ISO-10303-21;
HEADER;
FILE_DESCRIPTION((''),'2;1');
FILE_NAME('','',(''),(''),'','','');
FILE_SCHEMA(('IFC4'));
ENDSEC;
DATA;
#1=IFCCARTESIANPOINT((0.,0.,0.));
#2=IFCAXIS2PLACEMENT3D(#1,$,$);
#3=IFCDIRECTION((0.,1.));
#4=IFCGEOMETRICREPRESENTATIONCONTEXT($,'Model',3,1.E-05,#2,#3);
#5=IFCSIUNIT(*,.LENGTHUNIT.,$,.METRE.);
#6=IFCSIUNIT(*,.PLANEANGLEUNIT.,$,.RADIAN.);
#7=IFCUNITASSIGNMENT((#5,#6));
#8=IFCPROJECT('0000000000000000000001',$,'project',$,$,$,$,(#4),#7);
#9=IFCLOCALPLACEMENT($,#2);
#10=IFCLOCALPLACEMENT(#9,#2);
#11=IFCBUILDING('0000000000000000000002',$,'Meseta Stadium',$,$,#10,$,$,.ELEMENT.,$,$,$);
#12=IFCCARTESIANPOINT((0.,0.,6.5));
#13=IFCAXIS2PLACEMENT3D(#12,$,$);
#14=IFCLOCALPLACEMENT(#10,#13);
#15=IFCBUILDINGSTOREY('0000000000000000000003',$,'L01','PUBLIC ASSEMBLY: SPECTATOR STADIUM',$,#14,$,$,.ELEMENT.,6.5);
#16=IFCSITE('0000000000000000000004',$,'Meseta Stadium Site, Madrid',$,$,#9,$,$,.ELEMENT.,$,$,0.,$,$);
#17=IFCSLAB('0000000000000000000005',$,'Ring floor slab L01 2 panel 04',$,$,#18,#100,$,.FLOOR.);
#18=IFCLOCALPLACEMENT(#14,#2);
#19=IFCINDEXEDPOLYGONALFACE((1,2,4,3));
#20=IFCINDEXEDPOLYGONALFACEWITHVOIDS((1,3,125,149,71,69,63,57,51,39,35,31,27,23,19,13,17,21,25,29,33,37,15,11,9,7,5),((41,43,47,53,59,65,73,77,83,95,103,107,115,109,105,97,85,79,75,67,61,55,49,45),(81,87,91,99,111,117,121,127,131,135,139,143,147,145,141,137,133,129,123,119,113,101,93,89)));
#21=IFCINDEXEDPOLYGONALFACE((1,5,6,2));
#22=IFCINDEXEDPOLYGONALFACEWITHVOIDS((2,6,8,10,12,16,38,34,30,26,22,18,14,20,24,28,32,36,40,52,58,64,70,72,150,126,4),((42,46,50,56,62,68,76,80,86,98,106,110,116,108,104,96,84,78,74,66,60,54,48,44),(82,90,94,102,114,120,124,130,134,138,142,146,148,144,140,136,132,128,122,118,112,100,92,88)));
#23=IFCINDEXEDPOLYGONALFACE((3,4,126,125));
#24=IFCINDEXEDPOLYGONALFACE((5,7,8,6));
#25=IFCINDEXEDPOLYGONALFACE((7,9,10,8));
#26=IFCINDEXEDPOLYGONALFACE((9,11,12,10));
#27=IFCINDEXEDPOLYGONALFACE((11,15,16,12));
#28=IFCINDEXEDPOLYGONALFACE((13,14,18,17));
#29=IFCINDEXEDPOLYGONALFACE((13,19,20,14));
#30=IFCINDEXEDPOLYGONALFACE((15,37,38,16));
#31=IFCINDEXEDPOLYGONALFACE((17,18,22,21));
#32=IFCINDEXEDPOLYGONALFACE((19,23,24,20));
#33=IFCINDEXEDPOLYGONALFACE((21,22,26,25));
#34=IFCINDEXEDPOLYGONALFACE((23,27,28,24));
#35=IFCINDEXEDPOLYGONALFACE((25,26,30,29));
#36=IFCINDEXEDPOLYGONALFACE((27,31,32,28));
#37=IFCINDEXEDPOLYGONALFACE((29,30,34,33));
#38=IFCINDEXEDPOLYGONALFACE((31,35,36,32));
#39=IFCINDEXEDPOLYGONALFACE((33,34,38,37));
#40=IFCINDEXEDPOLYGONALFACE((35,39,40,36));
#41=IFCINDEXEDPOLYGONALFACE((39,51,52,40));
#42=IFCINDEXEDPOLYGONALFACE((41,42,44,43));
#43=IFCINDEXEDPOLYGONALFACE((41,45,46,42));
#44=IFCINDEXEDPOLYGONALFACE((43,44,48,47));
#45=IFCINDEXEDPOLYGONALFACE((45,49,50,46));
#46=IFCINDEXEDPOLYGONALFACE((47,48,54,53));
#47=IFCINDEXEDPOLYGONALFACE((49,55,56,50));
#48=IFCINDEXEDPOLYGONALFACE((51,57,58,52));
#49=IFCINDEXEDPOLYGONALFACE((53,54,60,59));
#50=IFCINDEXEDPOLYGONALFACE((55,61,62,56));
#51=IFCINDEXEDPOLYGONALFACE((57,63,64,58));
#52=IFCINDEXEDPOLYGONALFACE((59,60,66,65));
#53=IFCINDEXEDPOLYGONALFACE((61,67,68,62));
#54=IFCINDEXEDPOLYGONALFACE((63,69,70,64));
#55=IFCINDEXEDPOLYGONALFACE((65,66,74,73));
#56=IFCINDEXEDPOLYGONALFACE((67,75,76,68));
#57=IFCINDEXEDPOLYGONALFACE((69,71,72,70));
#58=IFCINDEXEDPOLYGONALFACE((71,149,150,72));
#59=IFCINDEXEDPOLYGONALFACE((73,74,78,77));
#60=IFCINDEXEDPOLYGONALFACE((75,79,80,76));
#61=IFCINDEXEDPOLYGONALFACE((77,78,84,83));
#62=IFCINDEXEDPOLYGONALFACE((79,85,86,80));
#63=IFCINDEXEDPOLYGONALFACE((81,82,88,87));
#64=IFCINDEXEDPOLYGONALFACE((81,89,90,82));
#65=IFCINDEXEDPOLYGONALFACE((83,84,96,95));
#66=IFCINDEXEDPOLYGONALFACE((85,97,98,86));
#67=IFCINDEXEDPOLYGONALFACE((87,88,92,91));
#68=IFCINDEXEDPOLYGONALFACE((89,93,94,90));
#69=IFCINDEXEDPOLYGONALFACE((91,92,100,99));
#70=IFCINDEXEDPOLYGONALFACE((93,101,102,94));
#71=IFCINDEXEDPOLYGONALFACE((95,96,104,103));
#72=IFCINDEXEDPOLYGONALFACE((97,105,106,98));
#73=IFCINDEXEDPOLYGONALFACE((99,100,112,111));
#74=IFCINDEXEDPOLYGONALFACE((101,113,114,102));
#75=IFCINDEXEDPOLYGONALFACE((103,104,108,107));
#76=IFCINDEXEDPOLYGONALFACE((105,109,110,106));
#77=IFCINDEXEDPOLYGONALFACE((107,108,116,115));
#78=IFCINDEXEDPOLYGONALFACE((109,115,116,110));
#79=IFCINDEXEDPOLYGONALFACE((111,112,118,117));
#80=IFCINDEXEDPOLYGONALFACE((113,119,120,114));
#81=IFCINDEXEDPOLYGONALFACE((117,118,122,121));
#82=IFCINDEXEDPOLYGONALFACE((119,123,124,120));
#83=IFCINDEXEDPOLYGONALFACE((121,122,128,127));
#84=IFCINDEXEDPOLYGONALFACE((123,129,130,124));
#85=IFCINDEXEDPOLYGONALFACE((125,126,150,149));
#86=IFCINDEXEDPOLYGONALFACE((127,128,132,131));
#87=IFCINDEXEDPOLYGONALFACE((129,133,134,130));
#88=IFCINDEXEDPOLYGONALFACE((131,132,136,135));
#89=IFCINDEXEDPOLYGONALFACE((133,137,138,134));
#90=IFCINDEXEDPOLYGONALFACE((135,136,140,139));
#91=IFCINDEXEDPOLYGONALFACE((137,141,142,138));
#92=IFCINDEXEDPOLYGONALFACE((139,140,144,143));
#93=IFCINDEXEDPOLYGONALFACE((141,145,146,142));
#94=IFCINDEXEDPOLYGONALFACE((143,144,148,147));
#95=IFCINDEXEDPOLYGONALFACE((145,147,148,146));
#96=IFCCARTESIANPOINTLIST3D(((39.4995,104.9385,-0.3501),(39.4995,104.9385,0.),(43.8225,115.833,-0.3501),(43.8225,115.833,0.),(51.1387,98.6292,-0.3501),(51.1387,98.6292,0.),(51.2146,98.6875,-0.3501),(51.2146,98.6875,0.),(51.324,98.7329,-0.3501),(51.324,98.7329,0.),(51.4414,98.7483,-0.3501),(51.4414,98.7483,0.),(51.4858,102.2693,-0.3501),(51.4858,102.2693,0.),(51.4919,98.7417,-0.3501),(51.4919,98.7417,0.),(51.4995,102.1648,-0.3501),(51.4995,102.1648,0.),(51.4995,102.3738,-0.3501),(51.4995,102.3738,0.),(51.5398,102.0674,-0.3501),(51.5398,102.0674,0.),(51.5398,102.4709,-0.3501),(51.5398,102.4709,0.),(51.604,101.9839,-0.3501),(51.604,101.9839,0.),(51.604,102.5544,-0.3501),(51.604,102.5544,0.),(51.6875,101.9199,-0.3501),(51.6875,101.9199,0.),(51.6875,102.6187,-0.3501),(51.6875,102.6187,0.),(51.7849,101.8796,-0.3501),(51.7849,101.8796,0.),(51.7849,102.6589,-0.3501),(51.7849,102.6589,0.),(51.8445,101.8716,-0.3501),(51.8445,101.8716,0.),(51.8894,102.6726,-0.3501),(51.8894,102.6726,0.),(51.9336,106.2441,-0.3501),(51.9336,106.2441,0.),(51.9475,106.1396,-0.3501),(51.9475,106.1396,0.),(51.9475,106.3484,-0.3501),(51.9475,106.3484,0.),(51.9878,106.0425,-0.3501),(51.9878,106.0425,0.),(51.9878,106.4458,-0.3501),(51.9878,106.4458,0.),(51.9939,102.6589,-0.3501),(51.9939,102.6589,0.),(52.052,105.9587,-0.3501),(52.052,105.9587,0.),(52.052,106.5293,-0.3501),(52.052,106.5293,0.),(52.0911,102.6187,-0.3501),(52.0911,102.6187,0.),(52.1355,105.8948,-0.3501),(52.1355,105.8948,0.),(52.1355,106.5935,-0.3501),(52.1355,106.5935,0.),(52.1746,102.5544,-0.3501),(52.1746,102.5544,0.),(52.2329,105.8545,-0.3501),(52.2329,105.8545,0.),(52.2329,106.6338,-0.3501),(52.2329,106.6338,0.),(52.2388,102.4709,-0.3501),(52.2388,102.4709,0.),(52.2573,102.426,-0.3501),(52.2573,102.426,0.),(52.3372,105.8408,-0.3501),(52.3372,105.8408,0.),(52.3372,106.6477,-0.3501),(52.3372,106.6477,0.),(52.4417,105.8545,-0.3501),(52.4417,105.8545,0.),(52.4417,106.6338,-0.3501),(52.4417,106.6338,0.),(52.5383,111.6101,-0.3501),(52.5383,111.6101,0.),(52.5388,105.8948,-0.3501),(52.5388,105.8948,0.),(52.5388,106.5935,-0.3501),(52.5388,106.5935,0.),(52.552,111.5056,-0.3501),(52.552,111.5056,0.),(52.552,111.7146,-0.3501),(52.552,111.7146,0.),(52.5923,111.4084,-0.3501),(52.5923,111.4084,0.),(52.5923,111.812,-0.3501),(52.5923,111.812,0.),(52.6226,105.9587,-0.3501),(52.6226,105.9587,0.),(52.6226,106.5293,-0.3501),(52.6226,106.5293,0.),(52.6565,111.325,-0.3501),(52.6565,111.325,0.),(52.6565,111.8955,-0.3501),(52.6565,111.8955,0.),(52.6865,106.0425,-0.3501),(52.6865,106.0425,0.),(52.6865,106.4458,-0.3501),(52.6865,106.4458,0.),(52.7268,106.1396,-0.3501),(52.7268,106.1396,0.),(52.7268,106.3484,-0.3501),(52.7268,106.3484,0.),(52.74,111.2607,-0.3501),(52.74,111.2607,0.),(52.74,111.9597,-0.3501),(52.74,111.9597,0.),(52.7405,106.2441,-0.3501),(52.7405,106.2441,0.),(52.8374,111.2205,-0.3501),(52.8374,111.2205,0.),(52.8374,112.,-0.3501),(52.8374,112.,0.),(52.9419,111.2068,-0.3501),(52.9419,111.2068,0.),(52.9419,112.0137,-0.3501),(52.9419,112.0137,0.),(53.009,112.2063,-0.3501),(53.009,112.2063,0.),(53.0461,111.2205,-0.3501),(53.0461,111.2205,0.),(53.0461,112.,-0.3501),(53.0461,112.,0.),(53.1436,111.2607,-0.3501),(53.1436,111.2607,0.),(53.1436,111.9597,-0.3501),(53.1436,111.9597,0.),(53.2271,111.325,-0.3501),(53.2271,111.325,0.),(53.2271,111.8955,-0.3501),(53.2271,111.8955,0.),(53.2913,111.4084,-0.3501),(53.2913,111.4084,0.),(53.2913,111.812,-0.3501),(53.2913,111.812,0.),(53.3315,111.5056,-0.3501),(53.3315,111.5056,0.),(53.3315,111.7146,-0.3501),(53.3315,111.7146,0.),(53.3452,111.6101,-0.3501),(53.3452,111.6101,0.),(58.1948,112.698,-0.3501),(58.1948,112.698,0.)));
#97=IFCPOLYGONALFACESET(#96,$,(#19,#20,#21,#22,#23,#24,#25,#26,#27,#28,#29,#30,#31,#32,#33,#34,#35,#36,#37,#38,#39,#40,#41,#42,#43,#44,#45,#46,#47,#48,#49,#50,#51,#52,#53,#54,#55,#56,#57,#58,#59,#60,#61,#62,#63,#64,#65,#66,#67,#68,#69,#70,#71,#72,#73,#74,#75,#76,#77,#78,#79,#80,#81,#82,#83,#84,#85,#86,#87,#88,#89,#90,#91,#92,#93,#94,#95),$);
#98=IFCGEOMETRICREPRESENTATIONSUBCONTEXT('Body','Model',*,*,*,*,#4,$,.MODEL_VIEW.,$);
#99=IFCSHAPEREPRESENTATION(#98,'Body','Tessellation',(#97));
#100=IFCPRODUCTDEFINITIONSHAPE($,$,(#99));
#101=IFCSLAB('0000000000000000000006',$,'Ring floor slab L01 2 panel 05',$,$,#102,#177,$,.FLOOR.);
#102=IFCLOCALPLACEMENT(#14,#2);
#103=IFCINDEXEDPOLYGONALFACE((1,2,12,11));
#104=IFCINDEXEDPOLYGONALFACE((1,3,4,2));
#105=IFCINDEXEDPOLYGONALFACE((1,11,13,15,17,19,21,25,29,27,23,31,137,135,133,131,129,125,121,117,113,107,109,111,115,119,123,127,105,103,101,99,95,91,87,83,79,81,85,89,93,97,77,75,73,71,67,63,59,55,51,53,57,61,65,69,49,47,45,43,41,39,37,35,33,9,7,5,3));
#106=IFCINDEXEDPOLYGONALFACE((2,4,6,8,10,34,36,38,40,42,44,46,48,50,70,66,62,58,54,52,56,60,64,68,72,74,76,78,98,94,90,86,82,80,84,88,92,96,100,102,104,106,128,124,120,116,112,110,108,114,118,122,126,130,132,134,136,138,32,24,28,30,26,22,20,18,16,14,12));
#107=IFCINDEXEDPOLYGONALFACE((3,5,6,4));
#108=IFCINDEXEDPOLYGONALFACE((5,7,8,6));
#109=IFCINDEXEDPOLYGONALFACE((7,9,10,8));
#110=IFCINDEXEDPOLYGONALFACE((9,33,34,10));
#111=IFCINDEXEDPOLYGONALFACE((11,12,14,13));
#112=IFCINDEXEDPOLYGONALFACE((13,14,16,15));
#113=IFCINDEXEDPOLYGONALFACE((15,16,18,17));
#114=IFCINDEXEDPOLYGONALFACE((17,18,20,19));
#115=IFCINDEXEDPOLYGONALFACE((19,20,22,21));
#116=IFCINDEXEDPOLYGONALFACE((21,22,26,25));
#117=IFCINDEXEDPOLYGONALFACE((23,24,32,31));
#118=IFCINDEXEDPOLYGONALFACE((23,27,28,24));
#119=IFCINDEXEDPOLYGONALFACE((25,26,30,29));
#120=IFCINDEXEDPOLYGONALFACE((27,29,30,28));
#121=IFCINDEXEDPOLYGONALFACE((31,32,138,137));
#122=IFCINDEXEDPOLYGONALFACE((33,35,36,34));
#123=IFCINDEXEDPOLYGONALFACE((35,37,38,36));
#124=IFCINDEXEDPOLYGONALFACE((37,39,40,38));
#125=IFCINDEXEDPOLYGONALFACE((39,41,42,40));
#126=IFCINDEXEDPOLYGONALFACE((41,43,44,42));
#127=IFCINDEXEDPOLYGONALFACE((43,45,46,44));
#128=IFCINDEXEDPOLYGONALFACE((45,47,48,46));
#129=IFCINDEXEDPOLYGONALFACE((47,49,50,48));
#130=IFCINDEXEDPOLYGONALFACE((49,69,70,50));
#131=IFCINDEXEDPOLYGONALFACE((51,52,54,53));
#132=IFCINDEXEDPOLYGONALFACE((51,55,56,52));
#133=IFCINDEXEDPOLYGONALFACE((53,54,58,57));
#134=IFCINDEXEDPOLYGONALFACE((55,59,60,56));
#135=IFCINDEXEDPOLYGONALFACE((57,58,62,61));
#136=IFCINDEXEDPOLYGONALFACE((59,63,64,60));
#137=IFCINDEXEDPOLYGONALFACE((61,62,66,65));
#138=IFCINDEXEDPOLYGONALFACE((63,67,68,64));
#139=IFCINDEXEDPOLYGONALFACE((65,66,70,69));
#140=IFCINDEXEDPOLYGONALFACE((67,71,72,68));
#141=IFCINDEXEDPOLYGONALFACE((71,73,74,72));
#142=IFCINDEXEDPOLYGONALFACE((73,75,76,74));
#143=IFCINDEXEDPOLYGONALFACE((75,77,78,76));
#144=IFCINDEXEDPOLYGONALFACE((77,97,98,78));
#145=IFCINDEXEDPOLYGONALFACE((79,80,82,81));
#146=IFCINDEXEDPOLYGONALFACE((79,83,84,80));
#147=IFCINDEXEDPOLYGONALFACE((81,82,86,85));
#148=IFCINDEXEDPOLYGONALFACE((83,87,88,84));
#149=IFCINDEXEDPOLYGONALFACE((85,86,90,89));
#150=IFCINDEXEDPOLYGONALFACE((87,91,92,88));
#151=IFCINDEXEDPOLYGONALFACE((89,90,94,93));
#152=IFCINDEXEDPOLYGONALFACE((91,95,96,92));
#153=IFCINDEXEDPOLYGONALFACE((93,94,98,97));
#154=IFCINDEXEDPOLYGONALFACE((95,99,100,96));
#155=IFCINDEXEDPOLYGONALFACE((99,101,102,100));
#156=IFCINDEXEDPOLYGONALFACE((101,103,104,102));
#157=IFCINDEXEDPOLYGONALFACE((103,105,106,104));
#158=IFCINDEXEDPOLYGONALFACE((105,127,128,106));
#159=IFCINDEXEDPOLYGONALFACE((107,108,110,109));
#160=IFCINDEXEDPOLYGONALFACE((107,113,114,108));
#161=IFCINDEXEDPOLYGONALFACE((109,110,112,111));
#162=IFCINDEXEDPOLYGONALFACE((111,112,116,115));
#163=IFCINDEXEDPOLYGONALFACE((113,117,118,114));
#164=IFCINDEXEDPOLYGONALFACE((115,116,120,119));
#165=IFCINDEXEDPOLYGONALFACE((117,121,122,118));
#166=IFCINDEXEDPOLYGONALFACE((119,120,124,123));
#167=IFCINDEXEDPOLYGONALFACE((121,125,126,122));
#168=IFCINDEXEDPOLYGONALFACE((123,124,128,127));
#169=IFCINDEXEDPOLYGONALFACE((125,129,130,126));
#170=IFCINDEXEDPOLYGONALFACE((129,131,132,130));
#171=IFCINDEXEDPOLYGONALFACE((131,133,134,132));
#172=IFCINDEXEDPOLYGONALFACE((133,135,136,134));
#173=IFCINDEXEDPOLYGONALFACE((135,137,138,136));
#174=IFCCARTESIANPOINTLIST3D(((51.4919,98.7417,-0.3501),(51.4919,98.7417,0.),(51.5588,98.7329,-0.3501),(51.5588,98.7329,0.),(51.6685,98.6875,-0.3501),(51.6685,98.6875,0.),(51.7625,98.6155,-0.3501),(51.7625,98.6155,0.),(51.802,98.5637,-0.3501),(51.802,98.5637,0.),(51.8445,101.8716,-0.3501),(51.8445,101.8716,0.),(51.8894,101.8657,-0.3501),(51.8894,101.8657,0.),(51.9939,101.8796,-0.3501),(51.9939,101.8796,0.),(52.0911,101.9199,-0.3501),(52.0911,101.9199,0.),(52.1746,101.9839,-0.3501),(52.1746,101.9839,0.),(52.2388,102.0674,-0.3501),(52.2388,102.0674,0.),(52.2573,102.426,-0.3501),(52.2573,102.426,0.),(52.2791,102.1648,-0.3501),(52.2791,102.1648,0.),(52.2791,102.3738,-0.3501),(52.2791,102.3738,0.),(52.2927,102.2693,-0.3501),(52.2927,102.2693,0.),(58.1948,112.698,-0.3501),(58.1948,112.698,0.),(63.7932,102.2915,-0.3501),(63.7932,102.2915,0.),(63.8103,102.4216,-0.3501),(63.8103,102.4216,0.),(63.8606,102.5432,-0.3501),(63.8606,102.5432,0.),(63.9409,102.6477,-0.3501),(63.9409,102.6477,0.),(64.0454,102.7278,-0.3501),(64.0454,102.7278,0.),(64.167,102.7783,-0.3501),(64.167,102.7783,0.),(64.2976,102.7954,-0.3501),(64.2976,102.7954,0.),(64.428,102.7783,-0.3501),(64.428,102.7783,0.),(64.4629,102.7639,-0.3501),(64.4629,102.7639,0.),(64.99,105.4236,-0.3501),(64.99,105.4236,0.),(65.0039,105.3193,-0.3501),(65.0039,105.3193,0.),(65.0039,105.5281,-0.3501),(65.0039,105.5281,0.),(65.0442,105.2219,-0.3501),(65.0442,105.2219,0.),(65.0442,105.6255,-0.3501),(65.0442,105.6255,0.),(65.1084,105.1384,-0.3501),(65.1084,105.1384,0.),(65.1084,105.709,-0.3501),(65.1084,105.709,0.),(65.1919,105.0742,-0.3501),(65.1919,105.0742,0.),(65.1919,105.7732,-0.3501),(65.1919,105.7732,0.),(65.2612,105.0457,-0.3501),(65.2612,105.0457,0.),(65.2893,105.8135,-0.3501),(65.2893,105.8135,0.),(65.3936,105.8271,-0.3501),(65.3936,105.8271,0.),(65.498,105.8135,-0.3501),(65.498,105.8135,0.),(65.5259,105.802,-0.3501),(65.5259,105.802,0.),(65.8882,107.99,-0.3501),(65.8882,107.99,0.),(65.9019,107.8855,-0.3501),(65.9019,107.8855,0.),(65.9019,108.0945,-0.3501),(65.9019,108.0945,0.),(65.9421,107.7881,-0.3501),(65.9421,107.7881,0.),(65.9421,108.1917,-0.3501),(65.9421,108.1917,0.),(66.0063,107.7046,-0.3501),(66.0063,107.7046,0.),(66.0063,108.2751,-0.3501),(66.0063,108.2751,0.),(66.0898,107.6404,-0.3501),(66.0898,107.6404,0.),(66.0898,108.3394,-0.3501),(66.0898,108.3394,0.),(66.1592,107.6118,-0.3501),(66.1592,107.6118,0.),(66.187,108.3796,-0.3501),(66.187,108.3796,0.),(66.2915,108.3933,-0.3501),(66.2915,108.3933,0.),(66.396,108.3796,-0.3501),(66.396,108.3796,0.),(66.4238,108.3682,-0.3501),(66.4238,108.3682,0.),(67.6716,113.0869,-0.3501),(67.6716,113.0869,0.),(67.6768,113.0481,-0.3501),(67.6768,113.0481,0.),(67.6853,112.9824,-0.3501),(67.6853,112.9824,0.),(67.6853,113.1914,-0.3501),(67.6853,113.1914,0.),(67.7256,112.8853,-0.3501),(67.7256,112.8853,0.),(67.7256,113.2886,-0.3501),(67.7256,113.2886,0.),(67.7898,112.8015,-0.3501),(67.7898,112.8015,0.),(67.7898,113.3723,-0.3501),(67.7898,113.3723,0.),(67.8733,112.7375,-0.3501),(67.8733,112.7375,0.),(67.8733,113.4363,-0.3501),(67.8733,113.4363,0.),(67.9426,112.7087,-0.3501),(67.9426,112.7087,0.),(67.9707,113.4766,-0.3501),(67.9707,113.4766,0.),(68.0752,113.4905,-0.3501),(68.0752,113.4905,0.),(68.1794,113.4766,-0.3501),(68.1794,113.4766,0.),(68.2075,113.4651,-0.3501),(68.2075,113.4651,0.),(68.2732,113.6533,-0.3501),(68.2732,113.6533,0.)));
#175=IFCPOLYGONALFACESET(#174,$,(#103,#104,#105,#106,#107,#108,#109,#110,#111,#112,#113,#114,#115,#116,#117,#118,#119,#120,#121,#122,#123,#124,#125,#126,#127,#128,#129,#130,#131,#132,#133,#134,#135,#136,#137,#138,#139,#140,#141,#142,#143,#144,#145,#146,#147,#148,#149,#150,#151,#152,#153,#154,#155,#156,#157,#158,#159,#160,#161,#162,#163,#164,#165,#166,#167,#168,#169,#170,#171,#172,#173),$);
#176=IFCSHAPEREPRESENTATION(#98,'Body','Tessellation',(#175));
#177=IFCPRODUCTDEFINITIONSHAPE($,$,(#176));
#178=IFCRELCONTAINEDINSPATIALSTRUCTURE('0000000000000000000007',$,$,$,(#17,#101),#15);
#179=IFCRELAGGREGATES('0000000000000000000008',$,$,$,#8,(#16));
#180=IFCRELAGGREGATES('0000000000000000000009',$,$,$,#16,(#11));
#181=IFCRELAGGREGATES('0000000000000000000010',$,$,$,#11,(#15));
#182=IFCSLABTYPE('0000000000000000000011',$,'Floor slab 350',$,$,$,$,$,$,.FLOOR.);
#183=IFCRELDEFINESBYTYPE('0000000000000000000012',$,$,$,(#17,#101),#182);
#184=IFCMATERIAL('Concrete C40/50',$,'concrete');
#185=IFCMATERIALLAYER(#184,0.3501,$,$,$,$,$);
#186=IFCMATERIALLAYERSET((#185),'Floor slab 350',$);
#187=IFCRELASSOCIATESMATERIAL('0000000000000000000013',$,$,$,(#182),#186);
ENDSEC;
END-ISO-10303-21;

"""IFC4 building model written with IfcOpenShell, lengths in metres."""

from ifc_helpers import new_model, si_unit, direction, frame, origin, place, context, subcontext, project, spatial, polyline, outline, extrude, material, layer, layer_set, type_object, element, save


model = new_model("IFC4")

# Units and contexts
model_context = context("Model", 3, precision=1e-05, world=origin(), true_north=direction((0.0, 1.0)))
body_context = subcontext(model_context, "Body", "Model", "MODEL_VIEW")
ifc_project = project(units=[si_unit("LENGTHUNIT", "METRE"), si_unit("PLANEANGLEUNIT", "RADIAN")], contexts=[model_context])

# Site, building, storey
site_placement = place(None, origin())
site = spatial("IfcSite", under=ifc_project, at=site_placement, Name="Meseta Stadium Site, Madrid", CompositionType="ELEMENT", RefElevation=0.0)
building_placement = place(site_placement, origin())
building = spatial("IfcBuilding", under=site, at=building_placement, Name="Meseta Stadium", CompositionType="ELEMENT")
storey_placement = place(building_placement, frame((0.0, 0.0, 6.5)))
storey = spatial("IfcBuildingStorey", under=building, at=storey_placement, Name="L01", Description="PUBLIC ASSEMBLY: SPECTATOR STADIUM", CompositionType="ELEMENT", Elevation=6.5)

# Slabs
ifc_material = material(Name="Concrete C40/50", Category="concrete")
ifc_layer = layer(ifc_material, 0.3501)
ifc_layer_set = layer_set([ifc_layer], Name="Floor slab 350")
slab_type = type_object("IfcSlabType", Name="Floor slab 350", PredefinedType="FLOOR", material=ifc_layer_set)
slab_1_placement = place(storey_placement, frame((0.0, 0.0, -0.3501)))
element("IfcSlab", 1, at=slab_1_placement, inside=storey, type_object=slab_type, Name="Ring floor slab L01 2 panel 04", PredefinedType="FLOOR", context=body_context, shape_type="SweptSolid", body=[
    extrude(outline(polyline([(51.324, 98.7329), (51.4414, 98.7483), (51.4919, 98.7417), (51.8445, 101.8716), (51.7849, 101.8796), (51.6875, 101.9199), (51.604, 101.9839), (51.5398, 102.0674), (51.4995, 102.1648), (51.4858, 102.2693), (51.4995, 102.3738), (51.5398, 102.4709), (51.604, 102.5544), (51.6875, 102.6187), (51.7849, 102.6589), (51.8894, 102.6726), (51.9939, 102.6589), (52.0911, 102.6187), (52.1746, 102.5544), (52.2388, 102.4709), (52.2573, 102.426), (58.1948, 112.698), (53.009, 112.2063), (43.8225, 115.833), (39.4995, 104.9385), (51.1387, 98.6292), (51.2146, 98.6875), (51.324, 98.7329)]), holes=[polyline([(52.5383, 111.6101), (52.552, 111.7146), (52.5923, 111.812), (52.6565, 111.8955), (52.74, 111.9597), (52.8374, 112.0), (52.9419, 112.0137), (53.0461, 112.0), (53.1436, 111.9597), (53.2271, 111.8955), (53.2913, 111.812), (53.3315, 111.7146), (53.3452, 111.6101), (53.3315, 111.5056), (53.2913, 111.4084), (53.2271, 111.325), (53.1436, 111.2607), (53.0461, 111.2205), (52.9419, 111.2068), (52.8374, 111.2205), (52.74, 111.2607), (52.6565, 111.325), (52.5923, 111.4084), (52.552, 111.5056), (52.5383, 111.6101)]), polyline([(52.052, 106.5293), (52.1355, 106.5935), (52.2329, 106.6338), (52.3372, 106.6477), (52.4417, 106.6338), (52.5388, 106.5935), (52.6226, 106.5293), (52.6865, 106.4458), (52.7268, 106.3484), (52.7405, 106.2441), (52.7268, 106.1396), (52.6865, 106.0425), (52.6226, 105.9587), (52.5388, 105.8948), (52.4417, 105.8545), (52.3372, 105.8408), (52.2329, 105.8545), (52.1355, 105.8948), (52.052, 105.9587), (51.9878, 106.0425), (51.9475, 106.1396), (51.9336, 106.2441), (51.9475, 106.3484), (51.9878, 106.4458), (52.052, 106.5293)])]), origin(), (0.0, 0.0, 1.0), 0.3501),
])
slab_2_placement = place(storey_placement, frame((0.0, 0.0, -0.3501)))
element("IfcSlab", 2, at=slab_2_placement, inside=storey, type_object=slab_type, Name="Ring floor slab L01 2 panel 05", PredefinedType="FLOOR", context=body_context, shape_type="SweptSolid", body=[
    extrude(outline(polyline([(51.8894, 101.8657), (51.8445, 101.8716), (51.4919, 98.7417), (51.5588, 98.7329), (51.6685, 98.6875), (51.7625, 98.6155), (51.802, 98.5637), (63.7932, 102.2915), (63.8103, 102.4216), (63.8606, 102.5432), (63.9409, 102.6477), (64.0454, 102.7278), (64.167, 102.7783), (64.2976, 102.7954), (64.428, 102.7783), (64.4629, 102.7639), (65.2612, 105.0457), (65.1919, 105.0742), (65.1084, 105.1384), (65.0442, 105.2219), (65.0039, 105.3193), (64.99, 105.4236), (65.0039, 105.5281), (65.0442, 105.6255), (65.1084, 105.709), (65.1919, 105.7732), (65.2893, 105.8135), (65.3936, 105.8271), (65.498, 105.8135), (65.5259, 105.802), (66.1592, 107.6118), (66.0898, 107.6404), (66.0063, 107.7046), (65.9421, 107.7881), (65.9019, 107.8855), (65.8882, 107.99), (65.9019, 108.0945), (65.9421, 108.1917), (66.0063, 108.2751), (66.0898, 108.3394), (66.187, 108.3796), (66.2915, 108.3933), (66.396, 108.3796), (66.4238, 108.3682), (67.9426, 112.7087), (67.8733, 112.7375), (67.7898, 112.8015), (67.7256, 112.8853), (67.6853, 112.9824), (67.6768, 113.0481), (67.6716, 113.0869), (67.6853, 113.1914), (67.7256, 113.2886), (67.7898, 113.3723), (67.8733, 113.4363), (67.9707, 113.4766), (68.0752, 113.4905), (68.1794, 113.4766), (68.2075, 113.4651), (68.2732, 113.6533), (58.1948, 112.698), (52.2573, 102.426), (52.2791, 102.3738), (52.2927, 102.2693), (52.2791, 102.1648), (52.2388, 102.0674), (52.1746, 101.9839), (52.0911, 101.9199), (51.9939, 101.8796), (51.8894, 101.8657)])), origin(), (0.0, 0.0, 1.0), 0.3501),
])

save(model, "model.ifc")
